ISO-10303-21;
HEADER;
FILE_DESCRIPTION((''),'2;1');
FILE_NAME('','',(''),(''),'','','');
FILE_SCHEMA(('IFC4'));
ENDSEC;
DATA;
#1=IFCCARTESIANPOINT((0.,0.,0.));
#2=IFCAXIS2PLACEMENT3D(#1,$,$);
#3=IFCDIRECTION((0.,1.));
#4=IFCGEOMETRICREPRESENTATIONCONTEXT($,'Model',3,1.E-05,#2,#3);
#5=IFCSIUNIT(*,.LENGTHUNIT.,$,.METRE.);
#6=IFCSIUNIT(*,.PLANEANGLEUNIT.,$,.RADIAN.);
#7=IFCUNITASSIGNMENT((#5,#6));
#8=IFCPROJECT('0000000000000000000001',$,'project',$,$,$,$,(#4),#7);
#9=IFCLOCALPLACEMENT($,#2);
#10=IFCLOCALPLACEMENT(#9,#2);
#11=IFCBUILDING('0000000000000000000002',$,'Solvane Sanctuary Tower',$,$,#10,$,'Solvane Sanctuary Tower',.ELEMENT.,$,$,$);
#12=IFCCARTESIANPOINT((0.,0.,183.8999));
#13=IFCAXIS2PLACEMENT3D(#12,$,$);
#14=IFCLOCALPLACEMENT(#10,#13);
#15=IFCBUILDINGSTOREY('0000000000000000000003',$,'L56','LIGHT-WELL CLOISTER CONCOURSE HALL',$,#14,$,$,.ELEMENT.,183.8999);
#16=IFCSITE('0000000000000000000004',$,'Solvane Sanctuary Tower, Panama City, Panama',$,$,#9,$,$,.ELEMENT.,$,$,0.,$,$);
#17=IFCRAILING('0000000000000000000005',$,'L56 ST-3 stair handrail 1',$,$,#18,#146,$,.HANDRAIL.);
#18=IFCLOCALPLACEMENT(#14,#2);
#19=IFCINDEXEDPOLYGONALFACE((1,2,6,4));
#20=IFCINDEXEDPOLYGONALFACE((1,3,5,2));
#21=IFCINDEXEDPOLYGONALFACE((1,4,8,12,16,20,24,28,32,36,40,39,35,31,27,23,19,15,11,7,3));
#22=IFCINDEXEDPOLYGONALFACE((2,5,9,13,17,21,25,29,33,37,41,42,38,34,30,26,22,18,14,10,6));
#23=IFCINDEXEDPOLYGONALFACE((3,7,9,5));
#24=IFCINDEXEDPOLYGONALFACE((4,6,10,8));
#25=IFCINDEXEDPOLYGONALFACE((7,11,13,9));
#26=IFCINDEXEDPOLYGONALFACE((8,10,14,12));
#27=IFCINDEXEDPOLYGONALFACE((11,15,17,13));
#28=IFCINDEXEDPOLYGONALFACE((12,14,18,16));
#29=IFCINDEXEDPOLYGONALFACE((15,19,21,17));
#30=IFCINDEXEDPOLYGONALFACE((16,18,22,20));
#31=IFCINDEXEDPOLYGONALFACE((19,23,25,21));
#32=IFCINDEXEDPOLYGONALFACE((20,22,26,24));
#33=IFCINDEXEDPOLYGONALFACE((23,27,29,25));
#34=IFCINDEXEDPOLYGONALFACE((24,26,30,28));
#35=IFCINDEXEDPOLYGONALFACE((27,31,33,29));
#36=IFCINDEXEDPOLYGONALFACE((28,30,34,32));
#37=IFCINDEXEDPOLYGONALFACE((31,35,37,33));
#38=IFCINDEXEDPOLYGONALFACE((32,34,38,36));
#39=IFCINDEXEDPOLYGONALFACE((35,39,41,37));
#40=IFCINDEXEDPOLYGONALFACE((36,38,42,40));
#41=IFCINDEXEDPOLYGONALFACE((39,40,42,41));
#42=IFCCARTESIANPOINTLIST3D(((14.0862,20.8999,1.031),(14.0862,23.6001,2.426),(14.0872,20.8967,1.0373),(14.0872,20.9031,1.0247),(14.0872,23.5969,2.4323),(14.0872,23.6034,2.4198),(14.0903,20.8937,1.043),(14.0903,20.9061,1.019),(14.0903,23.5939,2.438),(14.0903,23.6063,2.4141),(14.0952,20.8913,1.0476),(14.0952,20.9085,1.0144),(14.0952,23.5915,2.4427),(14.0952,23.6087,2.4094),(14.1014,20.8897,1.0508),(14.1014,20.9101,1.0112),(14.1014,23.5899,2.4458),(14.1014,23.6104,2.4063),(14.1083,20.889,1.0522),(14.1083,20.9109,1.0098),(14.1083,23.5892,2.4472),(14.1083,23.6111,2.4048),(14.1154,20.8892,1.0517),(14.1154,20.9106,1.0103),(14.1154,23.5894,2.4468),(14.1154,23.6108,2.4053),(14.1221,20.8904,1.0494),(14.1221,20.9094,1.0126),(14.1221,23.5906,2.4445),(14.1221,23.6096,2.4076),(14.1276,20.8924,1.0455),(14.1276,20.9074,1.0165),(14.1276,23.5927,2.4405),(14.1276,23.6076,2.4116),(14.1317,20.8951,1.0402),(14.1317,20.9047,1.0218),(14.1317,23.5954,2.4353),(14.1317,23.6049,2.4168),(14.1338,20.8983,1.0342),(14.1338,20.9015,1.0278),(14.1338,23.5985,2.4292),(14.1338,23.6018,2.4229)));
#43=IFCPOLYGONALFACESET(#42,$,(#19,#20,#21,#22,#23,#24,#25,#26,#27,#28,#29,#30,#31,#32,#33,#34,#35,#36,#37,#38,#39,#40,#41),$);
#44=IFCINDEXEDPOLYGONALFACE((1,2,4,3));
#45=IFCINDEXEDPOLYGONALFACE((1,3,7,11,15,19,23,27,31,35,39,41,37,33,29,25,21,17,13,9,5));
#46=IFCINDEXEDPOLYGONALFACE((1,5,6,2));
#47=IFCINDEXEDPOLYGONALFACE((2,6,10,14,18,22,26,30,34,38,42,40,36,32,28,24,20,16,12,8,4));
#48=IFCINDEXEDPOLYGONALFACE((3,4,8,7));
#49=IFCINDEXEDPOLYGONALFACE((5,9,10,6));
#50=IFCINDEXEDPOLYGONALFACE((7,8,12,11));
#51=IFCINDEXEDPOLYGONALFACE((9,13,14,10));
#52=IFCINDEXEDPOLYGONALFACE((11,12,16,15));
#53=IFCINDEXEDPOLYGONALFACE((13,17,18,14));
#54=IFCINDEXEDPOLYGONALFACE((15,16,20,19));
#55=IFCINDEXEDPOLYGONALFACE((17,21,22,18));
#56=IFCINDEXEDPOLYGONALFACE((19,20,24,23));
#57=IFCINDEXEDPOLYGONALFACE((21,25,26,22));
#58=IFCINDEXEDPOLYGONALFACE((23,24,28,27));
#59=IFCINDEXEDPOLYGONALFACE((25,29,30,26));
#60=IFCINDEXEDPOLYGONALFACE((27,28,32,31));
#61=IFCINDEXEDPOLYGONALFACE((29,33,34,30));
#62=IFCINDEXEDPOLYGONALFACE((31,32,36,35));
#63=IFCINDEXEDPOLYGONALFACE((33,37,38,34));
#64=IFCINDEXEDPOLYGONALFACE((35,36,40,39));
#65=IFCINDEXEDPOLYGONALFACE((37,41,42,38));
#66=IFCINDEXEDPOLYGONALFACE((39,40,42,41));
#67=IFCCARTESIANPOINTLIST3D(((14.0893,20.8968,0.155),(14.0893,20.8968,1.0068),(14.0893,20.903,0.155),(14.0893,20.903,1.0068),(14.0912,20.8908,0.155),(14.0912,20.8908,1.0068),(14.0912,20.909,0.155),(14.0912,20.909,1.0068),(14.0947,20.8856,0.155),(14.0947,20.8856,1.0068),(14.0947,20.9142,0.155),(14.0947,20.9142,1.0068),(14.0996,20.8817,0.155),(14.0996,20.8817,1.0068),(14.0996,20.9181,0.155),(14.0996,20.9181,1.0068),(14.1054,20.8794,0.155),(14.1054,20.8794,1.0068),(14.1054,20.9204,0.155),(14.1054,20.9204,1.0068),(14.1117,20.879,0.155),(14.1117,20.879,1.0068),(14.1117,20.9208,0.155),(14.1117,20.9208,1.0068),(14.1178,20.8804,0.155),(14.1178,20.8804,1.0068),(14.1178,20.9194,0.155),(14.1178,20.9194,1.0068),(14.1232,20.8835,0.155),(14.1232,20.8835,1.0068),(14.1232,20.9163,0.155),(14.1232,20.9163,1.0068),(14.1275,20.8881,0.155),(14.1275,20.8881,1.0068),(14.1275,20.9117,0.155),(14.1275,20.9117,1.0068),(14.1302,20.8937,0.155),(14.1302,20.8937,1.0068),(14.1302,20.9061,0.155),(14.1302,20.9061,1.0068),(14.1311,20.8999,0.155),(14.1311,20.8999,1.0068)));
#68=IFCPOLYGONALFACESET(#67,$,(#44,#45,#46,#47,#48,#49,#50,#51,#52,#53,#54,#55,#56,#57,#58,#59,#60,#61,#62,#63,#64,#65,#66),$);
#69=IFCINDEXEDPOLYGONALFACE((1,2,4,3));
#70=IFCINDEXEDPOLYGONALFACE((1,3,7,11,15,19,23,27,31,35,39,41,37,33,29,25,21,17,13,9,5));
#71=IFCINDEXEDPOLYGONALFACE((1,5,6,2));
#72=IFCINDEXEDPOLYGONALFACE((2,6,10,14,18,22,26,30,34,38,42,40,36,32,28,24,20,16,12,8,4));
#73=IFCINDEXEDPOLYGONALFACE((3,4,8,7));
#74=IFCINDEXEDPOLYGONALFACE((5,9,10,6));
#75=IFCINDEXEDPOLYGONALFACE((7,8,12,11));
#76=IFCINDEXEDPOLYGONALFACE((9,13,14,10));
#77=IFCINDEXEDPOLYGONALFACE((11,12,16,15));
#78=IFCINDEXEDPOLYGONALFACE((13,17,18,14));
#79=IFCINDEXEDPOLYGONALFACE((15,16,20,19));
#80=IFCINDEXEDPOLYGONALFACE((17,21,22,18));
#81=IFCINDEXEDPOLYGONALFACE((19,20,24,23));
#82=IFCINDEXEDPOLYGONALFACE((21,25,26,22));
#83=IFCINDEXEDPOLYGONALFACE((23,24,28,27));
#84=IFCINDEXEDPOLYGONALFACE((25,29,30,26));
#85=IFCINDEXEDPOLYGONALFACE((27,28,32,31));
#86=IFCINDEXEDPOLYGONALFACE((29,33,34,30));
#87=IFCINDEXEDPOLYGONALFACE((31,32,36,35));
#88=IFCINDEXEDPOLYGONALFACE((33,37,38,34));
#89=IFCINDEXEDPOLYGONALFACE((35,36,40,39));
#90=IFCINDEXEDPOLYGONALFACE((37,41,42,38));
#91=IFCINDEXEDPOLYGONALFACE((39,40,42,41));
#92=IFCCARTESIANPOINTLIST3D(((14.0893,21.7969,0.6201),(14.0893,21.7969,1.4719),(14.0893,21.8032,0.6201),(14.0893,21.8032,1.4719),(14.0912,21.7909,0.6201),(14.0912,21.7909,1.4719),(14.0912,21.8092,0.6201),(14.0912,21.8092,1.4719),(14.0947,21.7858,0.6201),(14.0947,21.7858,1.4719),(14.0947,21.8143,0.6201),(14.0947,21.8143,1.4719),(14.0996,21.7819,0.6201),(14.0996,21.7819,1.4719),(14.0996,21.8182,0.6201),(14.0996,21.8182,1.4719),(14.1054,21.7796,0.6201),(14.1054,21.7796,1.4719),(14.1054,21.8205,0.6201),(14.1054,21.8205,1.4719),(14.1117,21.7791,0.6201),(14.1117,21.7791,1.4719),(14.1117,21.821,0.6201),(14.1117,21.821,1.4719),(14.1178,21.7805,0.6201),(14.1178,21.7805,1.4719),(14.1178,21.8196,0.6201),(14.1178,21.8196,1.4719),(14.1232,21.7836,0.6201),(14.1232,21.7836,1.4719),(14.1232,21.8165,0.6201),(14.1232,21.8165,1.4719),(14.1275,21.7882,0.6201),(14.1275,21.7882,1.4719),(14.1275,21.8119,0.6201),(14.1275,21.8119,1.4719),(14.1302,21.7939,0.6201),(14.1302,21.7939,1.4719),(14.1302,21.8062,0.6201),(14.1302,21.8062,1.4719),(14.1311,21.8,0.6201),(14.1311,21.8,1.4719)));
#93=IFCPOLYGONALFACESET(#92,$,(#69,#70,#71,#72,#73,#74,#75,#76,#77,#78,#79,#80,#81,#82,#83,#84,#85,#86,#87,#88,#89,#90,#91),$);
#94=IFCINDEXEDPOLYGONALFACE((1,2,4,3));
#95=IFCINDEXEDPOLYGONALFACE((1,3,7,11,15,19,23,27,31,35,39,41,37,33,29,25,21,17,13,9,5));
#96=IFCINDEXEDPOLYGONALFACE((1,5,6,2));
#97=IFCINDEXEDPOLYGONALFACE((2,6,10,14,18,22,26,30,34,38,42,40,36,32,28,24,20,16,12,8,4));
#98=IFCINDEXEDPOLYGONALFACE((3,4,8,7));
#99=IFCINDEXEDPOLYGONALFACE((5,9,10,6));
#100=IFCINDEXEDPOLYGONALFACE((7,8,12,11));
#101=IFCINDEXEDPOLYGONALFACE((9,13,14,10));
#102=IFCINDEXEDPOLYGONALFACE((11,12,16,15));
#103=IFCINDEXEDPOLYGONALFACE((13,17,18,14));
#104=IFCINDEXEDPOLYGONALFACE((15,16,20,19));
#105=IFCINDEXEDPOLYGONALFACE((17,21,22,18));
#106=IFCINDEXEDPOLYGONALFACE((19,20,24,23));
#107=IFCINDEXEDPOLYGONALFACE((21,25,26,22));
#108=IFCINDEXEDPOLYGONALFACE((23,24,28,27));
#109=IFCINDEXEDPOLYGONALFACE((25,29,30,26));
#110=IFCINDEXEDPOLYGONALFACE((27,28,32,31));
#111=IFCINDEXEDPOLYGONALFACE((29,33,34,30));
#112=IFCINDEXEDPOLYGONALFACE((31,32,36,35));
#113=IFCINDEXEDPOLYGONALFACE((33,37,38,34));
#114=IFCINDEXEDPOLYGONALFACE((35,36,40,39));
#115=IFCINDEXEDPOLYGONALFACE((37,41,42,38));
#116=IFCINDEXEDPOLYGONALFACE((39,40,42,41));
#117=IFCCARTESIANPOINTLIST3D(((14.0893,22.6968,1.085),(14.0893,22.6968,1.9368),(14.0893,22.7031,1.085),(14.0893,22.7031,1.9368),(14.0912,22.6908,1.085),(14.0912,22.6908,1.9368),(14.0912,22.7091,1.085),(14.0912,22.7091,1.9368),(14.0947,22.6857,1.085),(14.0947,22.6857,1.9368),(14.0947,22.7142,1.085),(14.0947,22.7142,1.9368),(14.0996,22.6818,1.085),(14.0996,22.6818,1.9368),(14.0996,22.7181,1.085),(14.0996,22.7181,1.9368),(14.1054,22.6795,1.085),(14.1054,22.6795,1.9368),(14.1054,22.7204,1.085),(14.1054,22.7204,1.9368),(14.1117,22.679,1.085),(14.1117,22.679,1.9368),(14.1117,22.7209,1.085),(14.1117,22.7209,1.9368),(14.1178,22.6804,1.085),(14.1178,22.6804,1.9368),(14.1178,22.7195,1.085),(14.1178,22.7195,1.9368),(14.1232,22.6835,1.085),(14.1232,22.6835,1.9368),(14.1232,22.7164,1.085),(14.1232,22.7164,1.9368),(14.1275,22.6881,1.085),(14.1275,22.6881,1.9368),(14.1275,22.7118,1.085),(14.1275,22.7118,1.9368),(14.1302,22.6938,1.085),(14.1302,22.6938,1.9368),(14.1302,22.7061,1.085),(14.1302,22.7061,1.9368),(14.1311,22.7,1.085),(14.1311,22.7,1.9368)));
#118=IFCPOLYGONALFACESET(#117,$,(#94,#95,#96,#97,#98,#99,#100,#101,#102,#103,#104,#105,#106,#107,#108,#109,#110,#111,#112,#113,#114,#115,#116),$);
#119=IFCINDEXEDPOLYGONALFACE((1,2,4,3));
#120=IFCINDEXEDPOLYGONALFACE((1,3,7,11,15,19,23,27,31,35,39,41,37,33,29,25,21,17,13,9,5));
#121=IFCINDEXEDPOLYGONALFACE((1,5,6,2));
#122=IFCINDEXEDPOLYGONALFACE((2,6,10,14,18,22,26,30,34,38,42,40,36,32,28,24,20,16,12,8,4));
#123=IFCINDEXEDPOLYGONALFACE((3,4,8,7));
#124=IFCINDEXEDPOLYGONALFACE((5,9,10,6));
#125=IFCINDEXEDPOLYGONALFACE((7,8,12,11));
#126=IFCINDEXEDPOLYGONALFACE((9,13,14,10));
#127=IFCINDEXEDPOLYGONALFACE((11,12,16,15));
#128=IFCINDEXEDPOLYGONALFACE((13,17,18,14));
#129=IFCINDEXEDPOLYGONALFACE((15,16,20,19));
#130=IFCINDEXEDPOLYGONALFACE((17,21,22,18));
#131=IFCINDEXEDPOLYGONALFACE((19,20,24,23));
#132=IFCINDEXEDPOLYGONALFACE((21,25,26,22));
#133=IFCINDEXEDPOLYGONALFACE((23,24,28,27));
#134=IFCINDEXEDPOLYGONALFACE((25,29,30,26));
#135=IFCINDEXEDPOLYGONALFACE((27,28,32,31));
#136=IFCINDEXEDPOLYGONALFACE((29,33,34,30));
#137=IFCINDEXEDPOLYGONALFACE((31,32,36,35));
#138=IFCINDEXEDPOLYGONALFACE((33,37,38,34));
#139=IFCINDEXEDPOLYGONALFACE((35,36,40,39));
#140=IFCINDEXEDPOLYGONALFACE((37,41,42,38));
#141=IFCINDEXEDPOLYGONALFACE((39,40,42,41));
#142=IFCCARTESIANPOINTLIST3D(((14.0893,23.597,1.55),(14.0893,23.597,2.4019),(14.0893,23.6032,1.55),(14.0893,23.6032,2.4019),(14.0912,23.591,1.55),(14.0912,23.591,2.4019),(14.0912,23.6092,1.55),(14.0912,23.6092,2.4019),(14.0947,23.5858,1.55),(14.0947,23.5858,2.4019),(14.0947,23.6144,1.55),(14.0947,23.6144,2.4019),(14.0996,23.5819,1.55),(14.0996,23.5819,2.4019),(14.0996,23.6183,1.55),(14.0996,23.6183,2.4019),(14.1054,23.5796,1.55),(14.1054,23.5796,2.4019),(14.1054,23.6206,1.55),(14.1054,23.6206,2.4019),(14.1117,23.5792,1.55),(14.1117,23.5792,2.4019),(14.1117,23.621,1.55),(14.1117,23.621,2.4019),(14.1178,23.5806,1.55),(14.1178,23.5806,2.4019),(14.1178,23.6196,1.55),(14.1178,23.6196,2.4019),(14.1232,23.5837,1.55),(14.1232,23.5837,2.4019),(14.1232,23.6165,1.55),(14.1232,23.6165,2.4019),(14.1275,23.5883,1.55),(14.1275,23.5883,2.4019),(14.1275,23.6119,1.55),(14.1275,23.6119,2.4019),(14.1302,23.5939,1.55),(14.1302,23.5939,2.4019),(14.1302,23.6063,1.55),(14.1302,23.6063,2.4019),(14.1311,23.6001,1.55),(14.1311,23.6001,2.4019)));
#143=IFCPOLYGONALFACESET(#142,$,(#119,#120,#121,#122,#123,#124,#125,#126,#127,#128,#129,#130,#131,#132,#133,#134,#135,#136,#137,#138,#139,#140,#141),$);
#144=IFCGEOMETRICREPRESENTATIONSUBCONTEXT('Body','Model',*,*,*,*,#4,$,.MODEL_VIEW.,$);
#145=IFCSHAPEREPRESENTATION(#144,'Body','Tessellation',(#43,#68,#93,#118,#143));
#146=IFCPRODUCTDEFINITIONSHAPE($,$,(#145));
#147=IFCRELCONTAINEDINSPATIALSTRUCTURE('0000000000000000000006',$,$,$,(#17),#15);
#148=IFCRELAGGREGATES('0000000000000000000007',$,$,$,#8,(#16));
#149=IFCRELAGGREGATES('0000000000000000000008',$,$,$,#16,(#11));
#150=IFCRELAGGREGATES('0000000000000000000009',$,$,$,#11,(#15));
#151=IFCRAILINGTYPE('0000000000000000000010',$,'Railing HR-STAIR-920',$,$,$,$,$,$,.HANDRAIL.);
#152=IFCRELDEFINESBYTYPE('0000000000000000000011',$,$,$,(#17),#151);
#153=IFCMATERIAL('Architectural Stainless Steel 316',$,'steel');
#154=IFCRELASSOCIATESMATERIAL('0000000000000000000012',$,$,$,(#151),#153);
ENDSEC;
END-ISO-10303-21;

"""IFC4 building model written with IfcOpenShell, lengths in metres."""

from ifc_helpers import new_model, si_unit, direction, frame, origin, origin_2d, place, context, subcontext, project, spatial, circle, extrude, material, type_object, element, save


model = new_model("IFC4")

# Units and contexts
model_context = context("Model", 3, precision=1e-05, world=origin(), true_north=direction((0.0, 1.0)))
body_context = subcontext(model_context, "Body", "Model", "MODEL_VIEW")
ifc_project = project(units=[si_unit("LENGTHUNIT", "METRE"), si_unit("PLANEANGLEUNIT", "RADIAN")], contexts=[model_context])

# Site, building, storey
site_placement = place(None, origin())
site = spatial("IfcSite", under=ifc_project, at=site_placement, Name="Solvane Sanctuary Tower, Panama City, Panama", CompositionType="ELEMENT", RefElevation=0.0)
building_placement = place(site_placement, origin())
building = spatial("IfcBuilding", under=site, at=building_placement, Name="Solvane Sanctuary Tower", LongName="Solvane Sanctuary Tower", CompositionType="ELEMENT")
storey_placement = place(building_placement, frame((0.0, 0.0, 183.8999)))
storey = spatial("IfcBuildingStorey", under=building, at=storey_placement, Name="L56", Description="LIGHT-WELL CLOISTER CONCOURSE HALL", CompositionType="ELEMENT", Elevation=183.8999)

# Railing
ifc_material_1 = material(Name="Architectural Stainless Steel 316", Category="steel")
railing_type_1 = type_object("IfcRailingType", Name="Railing HR-STAIR-920", PredefinedType="HANDRAIL", material=ifc_material_1)
railing_1_placement = place(storey_placement, frame((14.1101, 20.8999, 0.155)))
element("IfcRailing", 1, at=railing_1_placement, inside=storey, type_object=railing_type_1, Name="L56 ST-3 stair handrail 1", PredefinedType="HANDRAIL", context=body_context, shape_type="SweptSolid", body=[
    extrude(circle(Radius=0.0239, at=origin_2d()), frame((0.0, 0.0, 0.876), z_axis=(0.0, 0.888437, 0.458999), x_axis=(-1.0, 0.0, 0.0)), (0.0, 0.0, 1.0), 3.0393),
    extrude(circle(Radius=0.021, at=origin_2d()), origin(), (0.0, 0.0, 1.0), 0.8518),
    extrude(circle(Radius=0.021, at=origin_2d()), frame((0.0, 0.9001, 0.4651)), (0.0, 0.0, 1.0), 0.8518),
    extrude(circle(Radius=0.021, at=origin_2d()), frame((0.0, 1.8, 0.9299)), (0.0, 0.0, 1.0), 0.8518),
    extrude(circle(Radius=0.021, at=origin_2d()), frame((0.0, 2.7002, 1.395)), (0.0, 0.0, 1.0), 0.8518),
])

save(model, "model.ifc")
